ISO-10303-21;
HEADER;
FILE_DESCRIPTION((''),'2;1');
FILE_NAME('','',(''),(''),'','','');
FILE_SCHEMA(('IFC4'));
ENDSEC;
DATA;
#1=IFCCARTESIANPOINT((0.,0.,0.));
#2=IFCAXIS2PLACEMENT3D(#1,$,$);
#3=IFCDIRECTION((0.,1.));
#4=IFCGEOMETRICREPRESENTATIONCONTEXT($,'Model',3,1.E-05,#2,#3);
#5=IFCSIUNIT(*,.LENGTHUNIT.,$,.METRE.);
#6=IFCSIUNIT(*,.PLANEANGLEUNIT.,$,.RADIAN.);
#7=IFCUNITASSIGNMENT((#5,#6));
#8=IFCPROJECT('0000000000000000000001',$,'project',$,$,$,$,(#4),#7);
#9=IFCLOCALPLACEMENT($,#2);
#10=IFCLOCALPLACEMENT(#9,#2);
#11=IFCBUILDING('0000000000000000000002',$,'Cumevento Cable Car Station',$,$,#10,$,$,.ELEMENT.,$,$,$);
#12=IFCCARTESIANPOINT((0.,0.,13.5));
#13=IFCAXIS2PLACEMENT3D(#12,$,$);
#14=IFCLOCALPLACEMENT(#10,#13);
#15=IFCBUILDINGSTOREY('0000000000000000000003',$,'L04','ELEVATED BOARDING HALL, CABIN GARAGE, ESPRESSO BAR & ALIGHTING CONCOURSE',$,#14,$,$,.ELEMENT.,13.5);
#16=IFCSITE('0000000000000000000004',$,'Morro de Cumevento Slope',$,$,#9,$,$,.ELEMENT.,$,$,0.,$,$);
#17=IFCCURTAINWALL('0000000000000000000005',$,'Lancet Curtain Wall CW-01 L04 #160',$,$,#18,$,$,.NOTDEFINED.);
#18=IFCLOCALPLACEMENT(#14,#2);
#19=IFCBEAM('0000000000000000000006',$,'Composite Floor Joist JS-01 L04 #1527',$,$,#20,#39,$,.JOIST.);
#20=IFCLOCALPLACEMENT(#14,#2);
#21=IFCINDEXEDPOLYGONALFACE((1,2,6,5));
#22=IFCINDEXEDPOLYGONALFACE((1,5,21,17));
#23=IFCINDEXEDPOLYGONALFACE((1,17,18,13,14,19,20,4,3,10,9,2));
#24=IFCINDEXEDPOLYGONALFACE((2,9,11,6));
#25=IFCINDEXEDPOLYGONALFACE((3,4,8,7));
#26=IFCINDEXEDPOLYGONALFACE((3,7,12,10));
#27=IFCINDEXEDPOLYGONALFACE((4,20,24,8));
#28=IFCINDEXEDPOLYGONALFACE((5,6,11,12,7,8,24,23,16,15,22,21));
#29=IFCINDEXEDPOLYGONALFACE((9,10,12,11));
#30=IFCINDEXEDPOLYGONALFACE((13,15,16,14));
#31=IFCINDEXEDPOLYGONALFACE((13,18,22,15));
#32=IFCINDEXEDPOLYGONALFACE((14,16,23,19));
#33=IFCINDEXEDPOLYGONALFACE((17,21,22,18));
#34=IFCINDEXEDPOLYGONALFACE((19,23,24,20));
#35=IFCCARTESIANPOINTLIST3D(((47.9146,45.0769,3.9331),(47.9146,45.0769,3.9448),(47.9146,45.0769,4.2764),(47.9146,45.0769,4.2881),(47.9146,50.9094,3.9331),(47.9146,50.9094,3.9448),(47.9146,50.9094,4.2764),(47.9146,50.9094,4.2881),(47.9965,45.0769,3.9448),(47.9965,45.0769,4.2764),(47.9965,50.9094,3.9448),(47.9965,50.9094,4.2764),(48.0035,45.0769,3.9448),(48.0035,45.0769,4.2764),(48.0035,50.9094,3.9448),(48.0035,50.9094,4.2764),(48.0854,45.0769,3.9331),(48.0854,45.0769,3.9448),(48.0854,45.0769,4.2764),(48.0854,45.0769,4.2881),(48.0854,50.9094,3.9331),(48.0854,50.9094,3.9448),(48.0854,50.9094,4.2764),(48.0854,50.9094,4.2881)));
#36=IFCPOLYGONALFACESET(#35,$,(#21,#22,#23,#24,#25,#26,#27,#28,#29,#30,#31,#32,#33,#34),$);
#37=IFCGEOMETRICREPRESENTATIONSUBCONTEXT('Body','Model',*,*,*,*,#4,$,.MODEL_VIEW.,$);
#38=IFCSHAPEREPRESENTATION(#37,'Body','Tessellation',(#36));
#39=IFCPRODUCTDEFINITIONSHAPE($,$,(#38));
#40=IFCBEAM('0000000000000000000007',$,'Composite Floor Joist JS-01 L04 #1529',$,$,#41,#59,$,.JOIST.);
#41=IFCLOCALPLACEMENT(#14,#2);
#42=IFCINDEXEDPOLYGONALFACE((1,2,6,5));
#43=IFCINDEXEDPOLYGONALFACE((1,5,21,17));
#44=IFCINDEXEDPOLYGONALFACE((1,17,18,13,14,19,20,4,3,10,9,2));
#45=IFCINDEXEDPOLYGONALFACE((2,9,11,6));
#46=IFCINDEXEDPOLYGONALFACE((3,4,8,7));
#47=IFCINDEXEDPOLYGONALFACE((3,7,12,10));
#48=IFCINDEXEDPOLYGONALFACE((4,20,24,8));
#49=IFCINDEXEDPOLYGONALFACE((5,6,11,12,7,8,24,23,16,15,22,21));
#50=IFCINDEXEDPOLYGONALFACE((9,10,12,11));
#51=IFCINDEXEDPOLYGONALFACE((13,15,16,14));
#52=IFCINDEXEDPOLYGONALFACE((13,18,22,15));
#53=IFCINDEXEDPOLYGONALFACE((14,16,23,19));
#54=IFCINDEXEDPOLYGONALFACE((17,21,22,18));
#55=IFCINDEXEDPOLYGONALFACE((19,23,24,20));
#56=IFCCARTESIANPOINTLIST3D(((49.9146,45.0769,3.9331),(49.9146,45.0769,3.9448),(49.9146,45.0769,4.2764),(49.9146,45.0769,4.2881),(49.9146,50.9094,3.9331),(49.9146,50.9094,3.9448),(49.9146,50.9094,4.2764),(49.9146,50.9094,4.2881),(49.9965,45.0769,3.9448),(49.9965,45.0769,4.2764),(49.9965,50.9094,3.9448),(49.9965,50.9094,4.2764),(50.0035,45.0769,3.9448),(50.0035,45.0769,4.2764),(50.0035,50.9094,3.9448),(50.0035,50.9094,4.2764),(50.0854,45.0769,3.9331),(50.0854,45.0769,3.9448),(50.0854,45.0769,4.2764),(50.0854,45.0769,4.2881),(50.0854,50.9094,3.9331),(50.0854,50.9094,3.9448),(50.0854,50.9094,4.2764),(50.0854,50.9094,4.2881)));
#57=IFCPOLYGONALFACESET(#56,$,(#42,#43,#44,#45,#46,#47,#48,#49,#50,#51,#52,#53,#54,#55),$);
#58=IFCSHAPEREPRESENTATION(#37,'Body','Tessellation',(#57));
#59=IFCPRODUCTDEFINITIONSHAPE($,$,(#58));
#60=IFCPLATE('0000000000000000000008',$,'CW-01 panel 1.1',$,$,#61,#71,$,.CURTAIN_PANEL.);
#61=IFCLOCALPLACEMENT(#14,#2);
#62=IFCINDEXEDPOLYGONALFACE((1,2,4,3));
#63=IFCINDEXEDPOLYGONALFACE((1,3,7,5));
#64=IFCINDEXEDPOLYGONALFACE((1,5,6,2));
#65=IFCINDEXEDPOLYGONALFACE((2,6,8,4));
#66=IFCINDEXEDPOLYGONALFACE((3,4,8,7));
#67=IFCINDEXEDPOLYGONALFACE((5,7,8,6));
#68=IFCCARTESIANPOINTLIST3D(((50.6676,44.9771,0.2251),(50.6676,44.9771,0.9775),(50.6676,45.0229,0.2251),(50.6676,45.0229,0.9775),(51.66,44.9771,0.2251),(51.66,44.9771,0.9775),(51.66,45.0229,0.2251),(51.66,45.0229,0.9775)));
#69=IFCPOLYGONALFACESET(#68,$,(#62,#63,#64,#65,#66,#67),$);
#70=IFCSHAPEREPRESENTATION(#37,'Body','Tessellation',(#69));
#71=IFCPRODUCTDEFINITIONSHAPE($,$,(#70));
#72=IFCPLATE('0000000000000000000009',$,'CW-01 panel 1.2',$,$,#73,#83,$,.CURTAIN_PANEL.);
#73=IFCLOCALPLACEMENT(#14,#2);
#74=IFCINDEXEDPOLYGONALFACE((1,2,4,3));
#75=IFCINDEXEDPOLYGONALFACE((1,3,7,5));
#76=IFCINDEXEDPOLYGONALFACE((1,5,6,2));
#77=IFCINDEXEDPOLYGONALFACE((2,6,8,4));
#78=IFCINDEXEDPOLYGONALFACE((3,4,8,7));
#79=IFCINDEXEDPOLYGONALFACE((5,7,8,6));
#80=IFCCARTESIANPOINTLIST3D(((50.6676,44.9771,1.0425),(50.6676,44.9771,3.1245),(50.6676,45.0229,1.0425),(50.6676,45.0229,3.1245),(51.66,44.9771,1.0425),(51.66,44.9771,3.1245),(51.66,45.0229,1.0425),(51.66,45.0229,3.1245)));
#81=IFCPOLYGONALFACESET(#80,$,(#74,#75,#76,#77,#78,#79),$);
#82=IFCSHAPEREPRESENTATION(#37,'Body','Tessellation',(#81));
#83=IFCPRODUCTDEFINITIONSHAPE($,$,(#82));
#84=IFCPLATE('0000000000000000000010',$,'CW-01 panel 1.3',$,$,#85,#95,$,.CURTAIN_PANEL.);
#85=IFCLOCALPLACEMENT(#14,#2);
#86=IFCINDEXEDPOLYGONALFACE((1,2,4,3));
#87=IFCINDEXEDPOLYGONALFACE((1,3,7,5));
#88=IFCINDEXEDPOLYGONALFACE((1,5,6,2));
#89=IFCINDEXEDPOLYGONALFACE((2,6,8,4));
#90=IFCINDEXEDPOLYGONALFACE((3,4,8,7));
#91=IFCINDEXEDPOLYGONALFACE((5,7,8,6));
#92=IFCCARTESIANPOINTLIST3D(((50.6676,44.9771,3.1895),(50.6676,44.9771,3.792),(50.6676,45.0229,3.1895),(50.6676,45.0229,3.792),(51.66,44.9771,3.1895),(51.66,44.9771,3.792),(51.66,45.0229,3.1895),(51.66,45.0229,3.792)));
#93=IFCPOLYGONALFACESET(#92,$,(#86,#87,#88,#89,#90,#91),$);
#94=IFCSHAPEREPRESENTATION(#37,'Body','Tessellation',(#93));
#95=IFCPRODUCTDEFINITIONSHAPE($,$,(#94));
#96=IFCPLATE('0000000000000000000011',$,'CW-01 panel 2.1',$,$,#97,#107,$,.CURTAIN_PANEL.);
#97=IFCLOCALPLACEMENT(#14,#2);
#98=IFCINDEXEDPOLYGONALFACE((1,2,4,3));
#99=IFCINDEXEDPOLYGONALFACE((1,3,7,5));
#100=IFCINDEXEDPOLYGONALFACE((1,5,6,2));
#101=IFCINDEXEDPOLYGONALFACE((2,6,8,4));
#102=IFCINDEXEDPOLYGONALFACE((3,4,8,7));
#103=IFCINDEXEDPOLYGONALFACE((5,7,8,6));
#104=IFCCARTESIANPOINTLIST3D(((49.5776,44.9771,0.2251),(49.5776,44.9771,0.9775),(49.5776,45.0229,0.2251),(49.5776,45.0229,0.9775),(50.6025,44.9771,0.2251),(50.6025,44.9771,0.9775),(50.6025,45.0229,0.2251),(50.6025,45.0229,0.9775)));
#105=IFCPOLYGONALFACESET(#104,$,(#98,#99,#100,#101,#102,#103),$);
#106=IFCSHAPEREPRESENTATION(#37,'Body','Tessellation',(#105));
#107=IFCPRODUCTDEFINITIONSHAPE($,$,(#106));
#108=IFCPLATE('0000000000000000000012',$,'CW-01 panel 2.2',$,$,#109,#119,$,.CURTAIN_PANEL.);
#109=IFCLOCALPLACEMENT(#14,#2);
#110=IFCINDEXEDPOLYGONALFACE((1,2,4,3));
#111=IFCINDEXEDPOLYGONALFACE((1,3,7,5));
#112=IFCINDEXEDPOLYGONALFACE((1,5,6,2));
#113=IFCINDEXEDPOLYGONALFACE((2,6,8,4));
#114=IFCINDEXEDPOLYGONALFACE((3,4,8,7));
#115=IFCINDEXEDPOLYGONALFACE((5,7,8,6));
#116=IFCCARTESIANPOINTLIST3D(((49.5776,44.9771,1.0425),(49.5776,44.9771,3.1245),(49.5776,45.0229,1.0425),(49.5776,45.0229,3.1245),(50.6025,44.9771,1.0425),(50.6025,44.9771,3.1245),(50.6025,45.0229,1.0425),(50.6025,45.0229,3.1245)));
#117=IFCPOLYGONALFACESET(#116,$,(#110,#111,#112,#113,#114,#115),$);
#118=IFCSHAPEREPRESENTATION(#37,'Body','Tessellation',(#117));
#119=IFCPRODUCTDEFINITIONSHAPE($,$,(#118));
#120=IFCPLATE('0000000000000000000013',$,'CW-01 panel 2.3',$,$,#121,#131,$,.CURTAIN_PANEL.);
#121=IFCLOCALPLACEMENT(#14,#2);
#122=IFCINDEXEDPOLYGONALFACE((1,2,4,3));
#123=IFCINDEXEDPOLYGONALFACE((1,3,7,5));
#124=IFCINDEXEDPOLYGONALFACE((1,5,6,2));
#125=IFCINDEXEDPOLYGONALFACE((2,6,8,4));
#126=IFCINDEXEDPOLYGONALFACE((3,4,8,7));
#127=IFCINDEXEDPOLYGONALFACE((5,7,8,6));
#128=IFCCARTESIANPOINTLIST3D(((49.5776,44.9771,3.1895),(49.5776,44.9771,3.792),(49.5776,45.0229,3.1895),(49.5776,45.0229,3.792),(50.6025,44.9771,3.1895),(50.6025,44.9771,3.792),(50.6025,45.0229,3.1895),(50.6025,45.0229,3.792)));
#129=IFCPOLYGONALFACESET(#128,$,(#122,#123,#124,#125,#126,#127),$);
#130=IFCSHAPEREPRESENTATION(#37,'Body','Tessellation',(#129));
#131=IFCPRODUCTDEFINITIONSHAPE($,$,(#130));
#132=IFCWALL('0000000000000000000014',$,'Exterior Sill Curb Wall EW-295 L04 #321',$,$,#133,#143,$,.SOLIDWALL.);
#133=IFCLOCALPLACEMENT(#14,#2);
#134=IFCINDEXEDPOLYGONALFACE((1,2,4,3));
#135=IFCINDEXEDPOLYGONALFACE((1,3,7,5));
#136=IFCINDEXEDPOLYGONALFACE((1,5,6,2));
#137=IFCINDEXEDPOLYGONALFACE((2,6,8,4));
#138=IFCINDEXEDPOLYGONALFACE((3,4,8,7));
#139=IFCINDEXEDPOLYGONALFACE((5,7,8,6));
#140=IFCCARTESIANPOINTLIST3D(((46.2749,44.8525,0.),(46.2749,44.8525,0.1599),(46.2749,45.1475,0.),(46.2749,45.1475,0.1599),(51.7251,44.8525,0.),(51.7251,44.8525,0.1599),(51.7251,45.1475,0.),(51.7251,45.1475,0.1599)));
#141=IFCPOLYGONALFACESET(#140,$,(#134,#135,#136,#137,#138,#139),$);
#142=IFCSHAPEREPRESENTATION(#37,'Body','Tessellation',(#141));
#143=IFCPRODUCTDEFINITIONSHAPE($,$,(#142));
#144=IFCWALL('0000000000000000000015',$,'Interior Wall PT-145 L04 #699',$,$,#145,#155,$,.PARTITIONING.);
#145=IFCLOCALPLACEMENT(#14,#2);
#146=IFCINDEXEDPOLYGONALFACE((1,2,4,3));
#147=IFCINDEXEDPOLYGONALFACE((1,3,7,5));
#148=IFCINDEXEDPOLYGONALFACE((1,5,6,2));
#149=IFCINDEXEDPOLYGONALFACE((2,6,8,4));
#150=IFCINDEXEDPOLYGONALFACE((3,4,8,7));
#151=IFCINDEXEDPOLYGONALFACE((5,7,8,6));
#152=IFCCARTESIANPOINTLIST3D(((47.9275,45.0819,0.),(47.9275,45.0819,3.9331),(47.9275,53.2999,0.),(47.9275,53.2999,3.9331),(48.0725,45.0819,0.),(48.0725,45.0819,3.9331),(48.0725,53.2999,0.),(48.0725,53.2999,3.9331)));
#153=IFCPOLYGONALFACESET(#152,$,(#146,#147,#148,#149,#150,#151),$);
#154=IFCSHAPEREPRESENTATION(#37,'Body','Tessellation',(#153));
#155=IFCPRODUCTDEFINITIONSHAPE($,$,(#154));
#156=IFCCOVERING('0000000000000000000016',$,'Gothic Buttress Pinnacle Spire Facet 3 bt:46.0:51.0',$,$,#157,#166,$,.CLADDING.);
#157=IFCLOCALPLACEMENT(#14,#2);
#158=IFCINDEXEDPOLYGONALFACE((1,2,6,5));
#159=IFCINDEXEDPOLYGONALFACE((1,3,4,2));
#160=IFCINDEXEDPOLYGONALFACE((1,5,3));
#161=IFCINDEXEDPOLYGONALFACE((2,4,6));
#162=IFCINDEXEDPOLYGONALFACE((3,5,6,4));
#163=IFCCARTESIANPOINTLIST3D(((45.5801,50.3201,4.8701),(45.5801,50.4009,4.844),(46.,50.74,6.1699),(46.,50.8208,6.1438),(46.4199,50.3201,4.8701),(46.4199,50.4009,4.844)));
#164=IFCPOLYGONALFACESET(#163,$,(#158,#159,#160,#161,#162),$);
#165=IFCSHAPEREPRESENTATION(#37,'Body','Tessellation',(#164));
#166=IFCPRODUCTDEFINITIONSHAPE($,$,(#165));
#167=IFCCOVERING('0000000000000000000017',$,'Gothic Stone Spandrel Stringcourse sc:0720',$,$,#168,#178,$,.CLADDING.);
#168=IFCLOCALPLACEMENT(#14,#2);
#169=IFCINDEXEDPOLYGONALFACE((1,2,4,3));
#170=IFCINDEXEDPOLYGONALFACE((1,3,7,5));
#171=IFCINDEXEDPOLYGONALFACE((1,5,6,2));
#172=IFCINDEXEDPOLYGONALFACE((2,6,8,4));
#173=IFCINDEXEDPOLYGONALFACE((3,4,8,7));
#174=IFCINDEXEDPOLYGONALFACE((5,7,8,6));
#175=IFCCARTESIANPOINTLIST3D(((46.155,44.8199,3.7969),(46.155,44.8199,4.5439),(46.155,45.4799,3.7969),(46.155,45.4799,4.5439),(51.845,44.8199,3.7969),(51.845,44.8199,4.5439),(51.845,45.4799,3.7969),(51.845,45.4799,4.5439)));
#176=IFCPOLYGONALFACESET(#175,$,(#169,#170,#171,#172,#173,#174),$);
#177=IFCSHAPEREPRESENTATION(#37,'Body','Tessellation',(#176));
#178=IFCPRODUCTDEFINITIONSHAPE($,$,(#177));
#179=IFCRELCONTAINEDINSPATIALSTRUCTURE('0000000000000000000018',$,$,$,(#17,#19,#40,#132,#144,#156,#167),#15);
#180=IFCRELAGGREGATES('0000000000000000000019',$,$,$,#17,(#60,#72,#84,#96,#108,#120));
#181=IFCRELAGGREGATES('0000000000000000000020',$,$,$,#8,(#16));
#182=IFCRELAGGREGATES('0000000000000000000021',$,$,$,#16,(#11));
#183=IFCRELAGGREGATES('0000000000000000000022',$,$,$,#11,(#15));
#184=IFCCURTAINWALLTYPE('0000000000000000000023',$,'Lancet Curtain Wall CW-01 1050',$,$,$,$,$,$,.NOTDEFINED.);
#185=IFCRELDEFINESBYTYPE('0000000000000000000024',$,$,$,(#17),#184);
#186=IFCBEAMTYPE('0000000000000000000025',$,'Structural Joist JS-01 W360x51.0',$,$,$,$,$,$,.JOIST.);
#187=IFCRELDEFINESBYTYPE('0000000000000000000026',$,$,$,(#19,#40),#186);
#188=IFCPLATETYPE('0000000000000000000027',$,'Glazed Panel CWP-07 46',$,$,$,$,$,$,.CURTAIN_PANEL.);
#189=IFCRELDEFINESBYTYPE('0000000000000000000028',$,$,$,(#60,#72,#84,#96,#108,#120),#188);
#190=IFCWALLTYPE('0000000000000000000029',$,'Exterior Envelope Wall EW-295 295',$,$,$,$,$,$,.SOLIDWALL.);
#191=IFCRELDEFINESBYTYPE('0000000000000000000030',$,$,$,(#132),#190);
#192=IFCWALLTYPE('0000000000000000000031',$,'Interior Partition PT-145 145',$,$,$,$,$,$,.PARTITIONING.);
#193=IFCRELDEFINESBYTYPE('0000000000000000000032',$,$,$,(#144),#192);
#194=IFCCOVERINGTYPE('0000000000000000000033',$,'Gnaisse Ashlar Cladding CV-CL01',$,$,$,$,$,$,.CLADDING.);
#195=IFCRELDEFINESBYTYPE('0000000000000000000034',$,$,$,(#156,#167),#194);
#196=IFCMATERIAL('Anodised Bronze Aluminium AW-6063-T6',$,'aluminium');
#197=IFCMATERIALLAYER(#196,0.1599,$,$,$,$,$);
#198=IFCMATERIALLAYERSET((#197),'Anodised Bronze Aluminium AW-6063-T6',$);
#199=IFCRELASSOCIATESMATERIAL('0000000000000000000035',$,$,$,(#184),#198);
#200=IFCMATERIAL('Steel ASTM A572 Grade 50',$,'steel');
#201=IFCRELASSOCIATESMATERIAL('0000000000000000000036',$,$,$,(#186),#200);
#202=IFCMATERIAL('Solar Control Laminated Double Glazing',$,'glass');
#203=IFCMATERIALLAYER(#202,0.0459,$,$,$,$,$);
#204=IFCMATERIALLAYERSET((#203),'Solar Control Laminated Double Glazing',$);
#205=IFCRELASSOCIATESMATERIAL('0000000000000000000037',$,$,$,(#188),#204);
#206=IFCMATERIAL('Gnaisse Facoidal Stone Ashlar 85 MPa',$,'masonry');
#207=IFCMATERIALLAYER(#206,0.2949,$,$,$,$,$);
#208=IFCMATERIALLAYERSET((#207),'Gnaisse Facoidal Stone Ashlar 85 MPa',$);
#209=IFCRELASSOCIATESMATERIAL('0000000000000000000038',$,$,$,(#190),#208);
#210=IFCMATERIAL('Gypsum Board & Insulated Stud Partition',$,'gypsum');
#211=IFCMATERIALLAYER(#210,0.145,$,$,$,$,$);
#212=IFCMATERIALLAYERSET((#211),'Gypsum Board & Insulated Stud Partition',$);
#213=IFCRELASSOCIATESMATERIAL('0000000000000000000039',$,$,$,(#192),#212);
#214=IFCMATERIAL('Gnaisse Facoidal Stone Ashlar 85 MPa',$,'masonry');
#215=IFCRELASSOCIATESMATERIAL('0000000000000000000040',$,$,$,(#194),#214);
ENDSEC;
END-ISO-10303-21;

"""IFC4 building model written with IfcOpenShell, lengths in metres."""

from ifc_helpers import new_model, si_unit, direction, frame, frame_2d, origin, origin_2d, place, context, subcontext, project, spatial, polyline, rectangle, i_section, outline, extrude, material, layer, layer_set, material_profile, profile_set, type_object, element, aggregate, save


model = new_model("IFC4")

# Units and contexts
model_context = context("Model", 3, precision=1e-05, world=origin(), true_north=direction((0.0, 1.0)))
body_context = subcontext(model_context, "Body", "Model", "MODEL_VIEW")
ifc_project = project(units=[si_unit("LENGTHUNIT", "METRE"), si_unit("PLANEANGLEUNIT", "RADIAN")], contexts=[model_context])

# Site, building, storey
site_placement = place(None, origin())
site = spatial("IfcSite", under=ifc_project, at=site_placement, Name="Morro de Cumevento Slope", CompositionType="ELEMENT", RefElevation=0.0)
building_placement = place(site_placement, origin())
building = spatial("IfcBuilding", under=site, at=building_placement, Name="Cumevento Cable Car Station", CompositionType="ELEMENT")
storey_placement = place(building_placement, frame((0.0, 0.0, 13.5)))
storey = spatial("IfcBuildingStorey", under=building, at=storey_placement, Name="L04", Description="ELEVATED BOARDING HALL, CABIN GARAGE, ESPRESSO BAR & ALIGHTING CONCOURSE", CompositionType="ELEMENT", Elevation=13.5)

# Curtain wall
ifc_material_1 = material(Name="Anodised Bronze Aluminium AW-6063-T6", Category="aluminium")
ifc_layer_1 = layer(ifc_material_1, 0.1599)
ifc_layer_set_1 = layer_set([ifc_layer_1], Name="Anodised Bronze Aluminium AW-6063-T6")
curtain_wall_type = type_object("IfcCurtainWallType", Name="Lancet Curtain Wall CW-01 1050", PredefinedType="NOTDEFINED", material=ifc_layer_set_1)
curtain_wall_placement = place(storey_placement, origin())
curtain_wall = element("IfcCurtainWall", 1, at=curtain_wall_placement, inside=storey, type_object=curtain_wall_type, Name="Lancet Curtain Wall CW-01 L04 #160", PredefinedType="NOTDEFINED")

# Beams
ifc_material_2 = material(Name="Steel ASTM A572 Grade 50", Category="steel")
ifc_material_profile_1 = material_profile(ifc_material_2, i_section(OverallWidth=0.1709, OverallDepth=0.355, WebThickness=0.0071, FlangeThickness=0.0117, at=origin_2d()), Name="W360x51.0")
ifc_profile_set_1 = profile_set([ifc_material_profile_1], Name="Steel ASTM A572 Grade 50")
beam_type = type_object("IfcBeamType", Name="Structural Joist JS-01 W360x51.0", PredefinedType="JOIST", material=ifc_profile_set_1)
for number, where, z_axis, x_axis, name in (
    (2, (48.0, 45.0769, 4.1106), (0.0, 1.0, 0.0), (-1.0, 0.0, 0.0), "Composite Floor Joist JS-01 L04 #1527"),
    (3, (50.0, 45.0769, 4.1106), (0.0, 1.0, 0.0), (-1.0, 0.0, 0.0), "Composite Floor Joist JS-01 L04 #1529"),
):
    element("IfcBeam", number, at=place(storey_placement, frame(where, z_axis=z_axis, x_axis=x_axis)), inside=storey, type_object=beam_type, Name=name, PredefinedType="JOIST", context=body_context, shape_type="SweptSolid", body=[
        extrude(i_section(OverallWidth=0.1709, OverallDepth=0.355, WebThickness=0.0071, FlangeThickness=0.0117, at=origin_2d()), origin(), (0.0, 0.0, 1.0), 5.8325),
    ])

# Plates
ifc_material_3 = material(Name="Solar Control Laminated Double Glazing", Category="glass")
ifc_layer_2 = layer(ifc_material_3, 0.0459)
ifc_layer_set_2 = layer_set([ifc_layer_2], Name="Solar Control Laminated Double Glazing")
plate_type = type_object("IfcPlateType", Name="Glazed Panel CWP-07 46", PredefinedType="CURTAIN_PANEL", material=ifc_layer_set_2)
plate_1_placement = place(storey_placement, frame((51.1638, 45.0, 0.2251), z_axis=(0.0, 0.0, 1.0), x_axis=(-1.0, 0.0, 0.0)))
plate_1 = element("IfcPlate", 4, at=plate_1_placement, type_object=plate_type, Name="CW-01 panel 1.1", PredefinedType="CURTAIN_PANEL", context=body_context, shape_type="SweptSolid", body=[
    extrude(rectangle(XDim=0.9924, YDim=0.0459, at=origin_2d()), origin(), (0.0, 0.0, 1.0), 0.7524),
])
plate_2_placement = place(storey_placement, frame((51.1638, 45.0, 1.0425), z_axis=(0.0, 0.0, 1.0), x_axis=(-1.0, 0.0, 0.0)))
plate_2 = element("IfcPlate", 5, at=plate_2_placement, type_object=plate_type, Name="CW-01 panel 1.2", PredefinedType="CURTAIN_PANEL", context=body_context, shape_type="SweptSolid", body=[
    extrude(rectangle(XDim=0.9924, YDim=0.0459, at=origin_2d()), origin(), (0.0, 0.0, 1.0), 2.082),
])
plate_3_placement = place(storey_placement, frame((51.1638, 45.0, 3.1895), z_axis=(0.0, 0.0, 1.0), x_axis=(-1.0, 0.0, 0.0)))
plate_3 = element("IfcPlate", 6, at=plate_3_placement, type_object=plate_type, Name="CW-01 panel 1.3", PredefinedType="CURTAIN_PANEL", context=body_context, shape_type="SweptSolid", body=[
    extrude(rectangle(XDim=0.9924, YDim=0.0459, at=origin_2d()), origin(), (0.0, 0.0, 1.0), 0.6025),
])
plate_4_placement = place(storey_placement, frame((50.0901, 45.0, 0.2251), z_axis=(0.0, 0.0, 1.0), x_axis=(-1.0, 0.0, 0.0)))
plate_4 = element("IfcPlate", 7, at=plate_4_placement, type_object=plate_type, Name="CW-01 panel 2.1", PredefinedType="CURTAIN_PANEL", context=body_context, shape_type="SweptSolid", body=[
    extrude(rectangle(XDim=1.0249, YDim=0.0459, at=origin_2d()), origin(), (0.0, 0.0, 1.0), 0.7524),
])
plate_5_placement = place(storey_placement, frame((50.0901, 45.0, 1.0425), z_axis=(0.0, 0.0, 1.0), x_axis=(-1.0, 0.0, 0.0)))
plate_5 = element("IfcPlate", 8, at=plate_5_placement, type_object=plate_type, Name="CW-01 panel 2.2", PredefinedType="CURTAIN_PANEL", context=body_context, shape_type="SweptSolid", body=[
    extrude(rectangle(XDim=1.0249, YDim=0.0459, at=origin_2d()), origin(), (0.0, 0.0, 1.0), 2.082),
])
plate_6_placement = place(storey_placement, frame((50.0901, 45.0, 3.1895), z_axis=(0.0, 0.0, 1.0), x_axis=(-1.0, 0.0, 0.0)))
plate_6 = element("IfcPlate", 9, at=plate_6_placement, type_object=plate_type, Name="CW-01 panel 2.3", PredefinedType="CURTAIN_PANEL", context=body_context, shape_type="SweptSolid", body=[
    extrude(rectangle(XDim=1.0249, YDim=0.0459, at=origin_2d()), origin(), (0.0, 0.0, 1.0), 0.6025),
])
aggregate(curtain_wall, [plate_1, plate_2, plate_3, plate_4, plate_5, plate_6])

# Walls
ifc_material_4 = material(Name="Gnaisse Facoidal Stone Ashlar 85 MPa", Category="masonry")
ifc_layer_3 = layer(ifc_material_4, 0.2949)
ifc_layer_set_3 = layer_set([ifc_layer_3], Name="Gnaisse Facoidal Stone Ashlar 85 MPa")
wall_type_1 = type_object("IfcWallType", Name="Exterior Envelope Wall EW-295 295", PredefinedType="SOLIDWALL", material=ifc_layer_set_3)
wall_1_placement = place(storey_placement, frame((51.7251, 45.0, 0.0), z_axis=(0.0, 0.0, 1.0), x_axis=(-1.0, 0.0, 0.0)))
element("IfcWall", 10, at=wall_1_placement, inside=storey, type_object=wall_type_1, Name="Exterior Sill Curb Wall EW-295 L04 #321", PredefinedType="SOLIDWALL", context=body_context, shape_type="SweptSolid", body=[
    extrude(rectangle(XDim=5.4502, YDim=0.2949, at=frame_2d((2.7251, 0.0))), origin(), (0.0, 0.0, 1.0), 0.1599),
])
ifc_material_5 = material(Name="Gypsum Board & Insulated Stud Partition", Category="gypsum")
ifc_layer_4 = layer(ifc_material_5, 0.145)
ifc_layer_set_4 = layer_set([ifc_layer_4], Name="Gypsum Board & Insulated Stud Partition")
wall_type_2 = type_object("IfcWallType", Name="Interior Partition PT-145 145", PredefinedType="PARTITIONING", material=ifc_layer_set_4)
wall_2_placement = place(storey_placement, frame((48.0, 45.082, 0.0), z_axis=(0.0, 0.0, 1.0), x_axis=(0.0, 1.0, 0.0)))
element("IfcWall", 11, at=wall_2_placement, inside=storey, type_object=wall_type_2, Name="Interior Wall PT-145 L04 #699", PredefinedType="PARTITIONING", context=body_context, shape_type="SweptSolid", body=[
    extrude(rectangle(XDim=8.218, YDim=0.145, at=frame_2d((4.1089, 0.0))), origin(), (0.0, 0.0, 1.0), 3.9331),
])

# Coverings
ifc_material_6 = material(Name="Gnaisse Facoidal Stone Ashlar 85 MPa", Category="masonry")
covering_type = type_object("IfcCoveringType", Name="Gnaisse Ashlar Cladding CV-CL01", PredefinedType="CLADDING", material=ifc_material_6)
covering_1_placement = place(storey_placement, frame((46.4199, 50.3201, 4.8701), z_axis=(0.0, -0.951574, 0.307421), x_axis=(-1.0, 0.0, 0.0)))
element("IfcCovering", 12, at=covering_1_placement, inside=storey, type_object=covering_type, Name="Gothic Buttress Pinnacle Spire Facet 3 bt:46.0:51.0", PredefinedType="CLADDING", context=body_context, shape_type="SweptSolid", body=[
    extrude(outline(polyline([(0.0, 0.0), (0.8398, 0.0), (0.4199, -1.366), (0.0, 0.0)])), origin(), (0.0, 0.0, -1.0), 0.085),
])
covering_2_placement = place(storey_placement, frame((49.0, 45.1499, 3.7969), z_axis=(0.0, 0.0, 1.0), x_axis=(-1.0, 0.0, 0.0)))
element("IfcCovering", 13, at=covering_2_placement, inside=storey, type_object=covering_type, Name="Gothic Stone Spandrel Stringcourse sc:0720", PredefinedType="CLADDING", context=body_context, shape_type="SweptSolid", body=[
    extrude(rectangle(XDim=5.6899, YDim=0.6599, at=origin_2d()), origin(), (0.0, 0.0, 1.0), 0.7471),
])

save(model, "model.ifc")
